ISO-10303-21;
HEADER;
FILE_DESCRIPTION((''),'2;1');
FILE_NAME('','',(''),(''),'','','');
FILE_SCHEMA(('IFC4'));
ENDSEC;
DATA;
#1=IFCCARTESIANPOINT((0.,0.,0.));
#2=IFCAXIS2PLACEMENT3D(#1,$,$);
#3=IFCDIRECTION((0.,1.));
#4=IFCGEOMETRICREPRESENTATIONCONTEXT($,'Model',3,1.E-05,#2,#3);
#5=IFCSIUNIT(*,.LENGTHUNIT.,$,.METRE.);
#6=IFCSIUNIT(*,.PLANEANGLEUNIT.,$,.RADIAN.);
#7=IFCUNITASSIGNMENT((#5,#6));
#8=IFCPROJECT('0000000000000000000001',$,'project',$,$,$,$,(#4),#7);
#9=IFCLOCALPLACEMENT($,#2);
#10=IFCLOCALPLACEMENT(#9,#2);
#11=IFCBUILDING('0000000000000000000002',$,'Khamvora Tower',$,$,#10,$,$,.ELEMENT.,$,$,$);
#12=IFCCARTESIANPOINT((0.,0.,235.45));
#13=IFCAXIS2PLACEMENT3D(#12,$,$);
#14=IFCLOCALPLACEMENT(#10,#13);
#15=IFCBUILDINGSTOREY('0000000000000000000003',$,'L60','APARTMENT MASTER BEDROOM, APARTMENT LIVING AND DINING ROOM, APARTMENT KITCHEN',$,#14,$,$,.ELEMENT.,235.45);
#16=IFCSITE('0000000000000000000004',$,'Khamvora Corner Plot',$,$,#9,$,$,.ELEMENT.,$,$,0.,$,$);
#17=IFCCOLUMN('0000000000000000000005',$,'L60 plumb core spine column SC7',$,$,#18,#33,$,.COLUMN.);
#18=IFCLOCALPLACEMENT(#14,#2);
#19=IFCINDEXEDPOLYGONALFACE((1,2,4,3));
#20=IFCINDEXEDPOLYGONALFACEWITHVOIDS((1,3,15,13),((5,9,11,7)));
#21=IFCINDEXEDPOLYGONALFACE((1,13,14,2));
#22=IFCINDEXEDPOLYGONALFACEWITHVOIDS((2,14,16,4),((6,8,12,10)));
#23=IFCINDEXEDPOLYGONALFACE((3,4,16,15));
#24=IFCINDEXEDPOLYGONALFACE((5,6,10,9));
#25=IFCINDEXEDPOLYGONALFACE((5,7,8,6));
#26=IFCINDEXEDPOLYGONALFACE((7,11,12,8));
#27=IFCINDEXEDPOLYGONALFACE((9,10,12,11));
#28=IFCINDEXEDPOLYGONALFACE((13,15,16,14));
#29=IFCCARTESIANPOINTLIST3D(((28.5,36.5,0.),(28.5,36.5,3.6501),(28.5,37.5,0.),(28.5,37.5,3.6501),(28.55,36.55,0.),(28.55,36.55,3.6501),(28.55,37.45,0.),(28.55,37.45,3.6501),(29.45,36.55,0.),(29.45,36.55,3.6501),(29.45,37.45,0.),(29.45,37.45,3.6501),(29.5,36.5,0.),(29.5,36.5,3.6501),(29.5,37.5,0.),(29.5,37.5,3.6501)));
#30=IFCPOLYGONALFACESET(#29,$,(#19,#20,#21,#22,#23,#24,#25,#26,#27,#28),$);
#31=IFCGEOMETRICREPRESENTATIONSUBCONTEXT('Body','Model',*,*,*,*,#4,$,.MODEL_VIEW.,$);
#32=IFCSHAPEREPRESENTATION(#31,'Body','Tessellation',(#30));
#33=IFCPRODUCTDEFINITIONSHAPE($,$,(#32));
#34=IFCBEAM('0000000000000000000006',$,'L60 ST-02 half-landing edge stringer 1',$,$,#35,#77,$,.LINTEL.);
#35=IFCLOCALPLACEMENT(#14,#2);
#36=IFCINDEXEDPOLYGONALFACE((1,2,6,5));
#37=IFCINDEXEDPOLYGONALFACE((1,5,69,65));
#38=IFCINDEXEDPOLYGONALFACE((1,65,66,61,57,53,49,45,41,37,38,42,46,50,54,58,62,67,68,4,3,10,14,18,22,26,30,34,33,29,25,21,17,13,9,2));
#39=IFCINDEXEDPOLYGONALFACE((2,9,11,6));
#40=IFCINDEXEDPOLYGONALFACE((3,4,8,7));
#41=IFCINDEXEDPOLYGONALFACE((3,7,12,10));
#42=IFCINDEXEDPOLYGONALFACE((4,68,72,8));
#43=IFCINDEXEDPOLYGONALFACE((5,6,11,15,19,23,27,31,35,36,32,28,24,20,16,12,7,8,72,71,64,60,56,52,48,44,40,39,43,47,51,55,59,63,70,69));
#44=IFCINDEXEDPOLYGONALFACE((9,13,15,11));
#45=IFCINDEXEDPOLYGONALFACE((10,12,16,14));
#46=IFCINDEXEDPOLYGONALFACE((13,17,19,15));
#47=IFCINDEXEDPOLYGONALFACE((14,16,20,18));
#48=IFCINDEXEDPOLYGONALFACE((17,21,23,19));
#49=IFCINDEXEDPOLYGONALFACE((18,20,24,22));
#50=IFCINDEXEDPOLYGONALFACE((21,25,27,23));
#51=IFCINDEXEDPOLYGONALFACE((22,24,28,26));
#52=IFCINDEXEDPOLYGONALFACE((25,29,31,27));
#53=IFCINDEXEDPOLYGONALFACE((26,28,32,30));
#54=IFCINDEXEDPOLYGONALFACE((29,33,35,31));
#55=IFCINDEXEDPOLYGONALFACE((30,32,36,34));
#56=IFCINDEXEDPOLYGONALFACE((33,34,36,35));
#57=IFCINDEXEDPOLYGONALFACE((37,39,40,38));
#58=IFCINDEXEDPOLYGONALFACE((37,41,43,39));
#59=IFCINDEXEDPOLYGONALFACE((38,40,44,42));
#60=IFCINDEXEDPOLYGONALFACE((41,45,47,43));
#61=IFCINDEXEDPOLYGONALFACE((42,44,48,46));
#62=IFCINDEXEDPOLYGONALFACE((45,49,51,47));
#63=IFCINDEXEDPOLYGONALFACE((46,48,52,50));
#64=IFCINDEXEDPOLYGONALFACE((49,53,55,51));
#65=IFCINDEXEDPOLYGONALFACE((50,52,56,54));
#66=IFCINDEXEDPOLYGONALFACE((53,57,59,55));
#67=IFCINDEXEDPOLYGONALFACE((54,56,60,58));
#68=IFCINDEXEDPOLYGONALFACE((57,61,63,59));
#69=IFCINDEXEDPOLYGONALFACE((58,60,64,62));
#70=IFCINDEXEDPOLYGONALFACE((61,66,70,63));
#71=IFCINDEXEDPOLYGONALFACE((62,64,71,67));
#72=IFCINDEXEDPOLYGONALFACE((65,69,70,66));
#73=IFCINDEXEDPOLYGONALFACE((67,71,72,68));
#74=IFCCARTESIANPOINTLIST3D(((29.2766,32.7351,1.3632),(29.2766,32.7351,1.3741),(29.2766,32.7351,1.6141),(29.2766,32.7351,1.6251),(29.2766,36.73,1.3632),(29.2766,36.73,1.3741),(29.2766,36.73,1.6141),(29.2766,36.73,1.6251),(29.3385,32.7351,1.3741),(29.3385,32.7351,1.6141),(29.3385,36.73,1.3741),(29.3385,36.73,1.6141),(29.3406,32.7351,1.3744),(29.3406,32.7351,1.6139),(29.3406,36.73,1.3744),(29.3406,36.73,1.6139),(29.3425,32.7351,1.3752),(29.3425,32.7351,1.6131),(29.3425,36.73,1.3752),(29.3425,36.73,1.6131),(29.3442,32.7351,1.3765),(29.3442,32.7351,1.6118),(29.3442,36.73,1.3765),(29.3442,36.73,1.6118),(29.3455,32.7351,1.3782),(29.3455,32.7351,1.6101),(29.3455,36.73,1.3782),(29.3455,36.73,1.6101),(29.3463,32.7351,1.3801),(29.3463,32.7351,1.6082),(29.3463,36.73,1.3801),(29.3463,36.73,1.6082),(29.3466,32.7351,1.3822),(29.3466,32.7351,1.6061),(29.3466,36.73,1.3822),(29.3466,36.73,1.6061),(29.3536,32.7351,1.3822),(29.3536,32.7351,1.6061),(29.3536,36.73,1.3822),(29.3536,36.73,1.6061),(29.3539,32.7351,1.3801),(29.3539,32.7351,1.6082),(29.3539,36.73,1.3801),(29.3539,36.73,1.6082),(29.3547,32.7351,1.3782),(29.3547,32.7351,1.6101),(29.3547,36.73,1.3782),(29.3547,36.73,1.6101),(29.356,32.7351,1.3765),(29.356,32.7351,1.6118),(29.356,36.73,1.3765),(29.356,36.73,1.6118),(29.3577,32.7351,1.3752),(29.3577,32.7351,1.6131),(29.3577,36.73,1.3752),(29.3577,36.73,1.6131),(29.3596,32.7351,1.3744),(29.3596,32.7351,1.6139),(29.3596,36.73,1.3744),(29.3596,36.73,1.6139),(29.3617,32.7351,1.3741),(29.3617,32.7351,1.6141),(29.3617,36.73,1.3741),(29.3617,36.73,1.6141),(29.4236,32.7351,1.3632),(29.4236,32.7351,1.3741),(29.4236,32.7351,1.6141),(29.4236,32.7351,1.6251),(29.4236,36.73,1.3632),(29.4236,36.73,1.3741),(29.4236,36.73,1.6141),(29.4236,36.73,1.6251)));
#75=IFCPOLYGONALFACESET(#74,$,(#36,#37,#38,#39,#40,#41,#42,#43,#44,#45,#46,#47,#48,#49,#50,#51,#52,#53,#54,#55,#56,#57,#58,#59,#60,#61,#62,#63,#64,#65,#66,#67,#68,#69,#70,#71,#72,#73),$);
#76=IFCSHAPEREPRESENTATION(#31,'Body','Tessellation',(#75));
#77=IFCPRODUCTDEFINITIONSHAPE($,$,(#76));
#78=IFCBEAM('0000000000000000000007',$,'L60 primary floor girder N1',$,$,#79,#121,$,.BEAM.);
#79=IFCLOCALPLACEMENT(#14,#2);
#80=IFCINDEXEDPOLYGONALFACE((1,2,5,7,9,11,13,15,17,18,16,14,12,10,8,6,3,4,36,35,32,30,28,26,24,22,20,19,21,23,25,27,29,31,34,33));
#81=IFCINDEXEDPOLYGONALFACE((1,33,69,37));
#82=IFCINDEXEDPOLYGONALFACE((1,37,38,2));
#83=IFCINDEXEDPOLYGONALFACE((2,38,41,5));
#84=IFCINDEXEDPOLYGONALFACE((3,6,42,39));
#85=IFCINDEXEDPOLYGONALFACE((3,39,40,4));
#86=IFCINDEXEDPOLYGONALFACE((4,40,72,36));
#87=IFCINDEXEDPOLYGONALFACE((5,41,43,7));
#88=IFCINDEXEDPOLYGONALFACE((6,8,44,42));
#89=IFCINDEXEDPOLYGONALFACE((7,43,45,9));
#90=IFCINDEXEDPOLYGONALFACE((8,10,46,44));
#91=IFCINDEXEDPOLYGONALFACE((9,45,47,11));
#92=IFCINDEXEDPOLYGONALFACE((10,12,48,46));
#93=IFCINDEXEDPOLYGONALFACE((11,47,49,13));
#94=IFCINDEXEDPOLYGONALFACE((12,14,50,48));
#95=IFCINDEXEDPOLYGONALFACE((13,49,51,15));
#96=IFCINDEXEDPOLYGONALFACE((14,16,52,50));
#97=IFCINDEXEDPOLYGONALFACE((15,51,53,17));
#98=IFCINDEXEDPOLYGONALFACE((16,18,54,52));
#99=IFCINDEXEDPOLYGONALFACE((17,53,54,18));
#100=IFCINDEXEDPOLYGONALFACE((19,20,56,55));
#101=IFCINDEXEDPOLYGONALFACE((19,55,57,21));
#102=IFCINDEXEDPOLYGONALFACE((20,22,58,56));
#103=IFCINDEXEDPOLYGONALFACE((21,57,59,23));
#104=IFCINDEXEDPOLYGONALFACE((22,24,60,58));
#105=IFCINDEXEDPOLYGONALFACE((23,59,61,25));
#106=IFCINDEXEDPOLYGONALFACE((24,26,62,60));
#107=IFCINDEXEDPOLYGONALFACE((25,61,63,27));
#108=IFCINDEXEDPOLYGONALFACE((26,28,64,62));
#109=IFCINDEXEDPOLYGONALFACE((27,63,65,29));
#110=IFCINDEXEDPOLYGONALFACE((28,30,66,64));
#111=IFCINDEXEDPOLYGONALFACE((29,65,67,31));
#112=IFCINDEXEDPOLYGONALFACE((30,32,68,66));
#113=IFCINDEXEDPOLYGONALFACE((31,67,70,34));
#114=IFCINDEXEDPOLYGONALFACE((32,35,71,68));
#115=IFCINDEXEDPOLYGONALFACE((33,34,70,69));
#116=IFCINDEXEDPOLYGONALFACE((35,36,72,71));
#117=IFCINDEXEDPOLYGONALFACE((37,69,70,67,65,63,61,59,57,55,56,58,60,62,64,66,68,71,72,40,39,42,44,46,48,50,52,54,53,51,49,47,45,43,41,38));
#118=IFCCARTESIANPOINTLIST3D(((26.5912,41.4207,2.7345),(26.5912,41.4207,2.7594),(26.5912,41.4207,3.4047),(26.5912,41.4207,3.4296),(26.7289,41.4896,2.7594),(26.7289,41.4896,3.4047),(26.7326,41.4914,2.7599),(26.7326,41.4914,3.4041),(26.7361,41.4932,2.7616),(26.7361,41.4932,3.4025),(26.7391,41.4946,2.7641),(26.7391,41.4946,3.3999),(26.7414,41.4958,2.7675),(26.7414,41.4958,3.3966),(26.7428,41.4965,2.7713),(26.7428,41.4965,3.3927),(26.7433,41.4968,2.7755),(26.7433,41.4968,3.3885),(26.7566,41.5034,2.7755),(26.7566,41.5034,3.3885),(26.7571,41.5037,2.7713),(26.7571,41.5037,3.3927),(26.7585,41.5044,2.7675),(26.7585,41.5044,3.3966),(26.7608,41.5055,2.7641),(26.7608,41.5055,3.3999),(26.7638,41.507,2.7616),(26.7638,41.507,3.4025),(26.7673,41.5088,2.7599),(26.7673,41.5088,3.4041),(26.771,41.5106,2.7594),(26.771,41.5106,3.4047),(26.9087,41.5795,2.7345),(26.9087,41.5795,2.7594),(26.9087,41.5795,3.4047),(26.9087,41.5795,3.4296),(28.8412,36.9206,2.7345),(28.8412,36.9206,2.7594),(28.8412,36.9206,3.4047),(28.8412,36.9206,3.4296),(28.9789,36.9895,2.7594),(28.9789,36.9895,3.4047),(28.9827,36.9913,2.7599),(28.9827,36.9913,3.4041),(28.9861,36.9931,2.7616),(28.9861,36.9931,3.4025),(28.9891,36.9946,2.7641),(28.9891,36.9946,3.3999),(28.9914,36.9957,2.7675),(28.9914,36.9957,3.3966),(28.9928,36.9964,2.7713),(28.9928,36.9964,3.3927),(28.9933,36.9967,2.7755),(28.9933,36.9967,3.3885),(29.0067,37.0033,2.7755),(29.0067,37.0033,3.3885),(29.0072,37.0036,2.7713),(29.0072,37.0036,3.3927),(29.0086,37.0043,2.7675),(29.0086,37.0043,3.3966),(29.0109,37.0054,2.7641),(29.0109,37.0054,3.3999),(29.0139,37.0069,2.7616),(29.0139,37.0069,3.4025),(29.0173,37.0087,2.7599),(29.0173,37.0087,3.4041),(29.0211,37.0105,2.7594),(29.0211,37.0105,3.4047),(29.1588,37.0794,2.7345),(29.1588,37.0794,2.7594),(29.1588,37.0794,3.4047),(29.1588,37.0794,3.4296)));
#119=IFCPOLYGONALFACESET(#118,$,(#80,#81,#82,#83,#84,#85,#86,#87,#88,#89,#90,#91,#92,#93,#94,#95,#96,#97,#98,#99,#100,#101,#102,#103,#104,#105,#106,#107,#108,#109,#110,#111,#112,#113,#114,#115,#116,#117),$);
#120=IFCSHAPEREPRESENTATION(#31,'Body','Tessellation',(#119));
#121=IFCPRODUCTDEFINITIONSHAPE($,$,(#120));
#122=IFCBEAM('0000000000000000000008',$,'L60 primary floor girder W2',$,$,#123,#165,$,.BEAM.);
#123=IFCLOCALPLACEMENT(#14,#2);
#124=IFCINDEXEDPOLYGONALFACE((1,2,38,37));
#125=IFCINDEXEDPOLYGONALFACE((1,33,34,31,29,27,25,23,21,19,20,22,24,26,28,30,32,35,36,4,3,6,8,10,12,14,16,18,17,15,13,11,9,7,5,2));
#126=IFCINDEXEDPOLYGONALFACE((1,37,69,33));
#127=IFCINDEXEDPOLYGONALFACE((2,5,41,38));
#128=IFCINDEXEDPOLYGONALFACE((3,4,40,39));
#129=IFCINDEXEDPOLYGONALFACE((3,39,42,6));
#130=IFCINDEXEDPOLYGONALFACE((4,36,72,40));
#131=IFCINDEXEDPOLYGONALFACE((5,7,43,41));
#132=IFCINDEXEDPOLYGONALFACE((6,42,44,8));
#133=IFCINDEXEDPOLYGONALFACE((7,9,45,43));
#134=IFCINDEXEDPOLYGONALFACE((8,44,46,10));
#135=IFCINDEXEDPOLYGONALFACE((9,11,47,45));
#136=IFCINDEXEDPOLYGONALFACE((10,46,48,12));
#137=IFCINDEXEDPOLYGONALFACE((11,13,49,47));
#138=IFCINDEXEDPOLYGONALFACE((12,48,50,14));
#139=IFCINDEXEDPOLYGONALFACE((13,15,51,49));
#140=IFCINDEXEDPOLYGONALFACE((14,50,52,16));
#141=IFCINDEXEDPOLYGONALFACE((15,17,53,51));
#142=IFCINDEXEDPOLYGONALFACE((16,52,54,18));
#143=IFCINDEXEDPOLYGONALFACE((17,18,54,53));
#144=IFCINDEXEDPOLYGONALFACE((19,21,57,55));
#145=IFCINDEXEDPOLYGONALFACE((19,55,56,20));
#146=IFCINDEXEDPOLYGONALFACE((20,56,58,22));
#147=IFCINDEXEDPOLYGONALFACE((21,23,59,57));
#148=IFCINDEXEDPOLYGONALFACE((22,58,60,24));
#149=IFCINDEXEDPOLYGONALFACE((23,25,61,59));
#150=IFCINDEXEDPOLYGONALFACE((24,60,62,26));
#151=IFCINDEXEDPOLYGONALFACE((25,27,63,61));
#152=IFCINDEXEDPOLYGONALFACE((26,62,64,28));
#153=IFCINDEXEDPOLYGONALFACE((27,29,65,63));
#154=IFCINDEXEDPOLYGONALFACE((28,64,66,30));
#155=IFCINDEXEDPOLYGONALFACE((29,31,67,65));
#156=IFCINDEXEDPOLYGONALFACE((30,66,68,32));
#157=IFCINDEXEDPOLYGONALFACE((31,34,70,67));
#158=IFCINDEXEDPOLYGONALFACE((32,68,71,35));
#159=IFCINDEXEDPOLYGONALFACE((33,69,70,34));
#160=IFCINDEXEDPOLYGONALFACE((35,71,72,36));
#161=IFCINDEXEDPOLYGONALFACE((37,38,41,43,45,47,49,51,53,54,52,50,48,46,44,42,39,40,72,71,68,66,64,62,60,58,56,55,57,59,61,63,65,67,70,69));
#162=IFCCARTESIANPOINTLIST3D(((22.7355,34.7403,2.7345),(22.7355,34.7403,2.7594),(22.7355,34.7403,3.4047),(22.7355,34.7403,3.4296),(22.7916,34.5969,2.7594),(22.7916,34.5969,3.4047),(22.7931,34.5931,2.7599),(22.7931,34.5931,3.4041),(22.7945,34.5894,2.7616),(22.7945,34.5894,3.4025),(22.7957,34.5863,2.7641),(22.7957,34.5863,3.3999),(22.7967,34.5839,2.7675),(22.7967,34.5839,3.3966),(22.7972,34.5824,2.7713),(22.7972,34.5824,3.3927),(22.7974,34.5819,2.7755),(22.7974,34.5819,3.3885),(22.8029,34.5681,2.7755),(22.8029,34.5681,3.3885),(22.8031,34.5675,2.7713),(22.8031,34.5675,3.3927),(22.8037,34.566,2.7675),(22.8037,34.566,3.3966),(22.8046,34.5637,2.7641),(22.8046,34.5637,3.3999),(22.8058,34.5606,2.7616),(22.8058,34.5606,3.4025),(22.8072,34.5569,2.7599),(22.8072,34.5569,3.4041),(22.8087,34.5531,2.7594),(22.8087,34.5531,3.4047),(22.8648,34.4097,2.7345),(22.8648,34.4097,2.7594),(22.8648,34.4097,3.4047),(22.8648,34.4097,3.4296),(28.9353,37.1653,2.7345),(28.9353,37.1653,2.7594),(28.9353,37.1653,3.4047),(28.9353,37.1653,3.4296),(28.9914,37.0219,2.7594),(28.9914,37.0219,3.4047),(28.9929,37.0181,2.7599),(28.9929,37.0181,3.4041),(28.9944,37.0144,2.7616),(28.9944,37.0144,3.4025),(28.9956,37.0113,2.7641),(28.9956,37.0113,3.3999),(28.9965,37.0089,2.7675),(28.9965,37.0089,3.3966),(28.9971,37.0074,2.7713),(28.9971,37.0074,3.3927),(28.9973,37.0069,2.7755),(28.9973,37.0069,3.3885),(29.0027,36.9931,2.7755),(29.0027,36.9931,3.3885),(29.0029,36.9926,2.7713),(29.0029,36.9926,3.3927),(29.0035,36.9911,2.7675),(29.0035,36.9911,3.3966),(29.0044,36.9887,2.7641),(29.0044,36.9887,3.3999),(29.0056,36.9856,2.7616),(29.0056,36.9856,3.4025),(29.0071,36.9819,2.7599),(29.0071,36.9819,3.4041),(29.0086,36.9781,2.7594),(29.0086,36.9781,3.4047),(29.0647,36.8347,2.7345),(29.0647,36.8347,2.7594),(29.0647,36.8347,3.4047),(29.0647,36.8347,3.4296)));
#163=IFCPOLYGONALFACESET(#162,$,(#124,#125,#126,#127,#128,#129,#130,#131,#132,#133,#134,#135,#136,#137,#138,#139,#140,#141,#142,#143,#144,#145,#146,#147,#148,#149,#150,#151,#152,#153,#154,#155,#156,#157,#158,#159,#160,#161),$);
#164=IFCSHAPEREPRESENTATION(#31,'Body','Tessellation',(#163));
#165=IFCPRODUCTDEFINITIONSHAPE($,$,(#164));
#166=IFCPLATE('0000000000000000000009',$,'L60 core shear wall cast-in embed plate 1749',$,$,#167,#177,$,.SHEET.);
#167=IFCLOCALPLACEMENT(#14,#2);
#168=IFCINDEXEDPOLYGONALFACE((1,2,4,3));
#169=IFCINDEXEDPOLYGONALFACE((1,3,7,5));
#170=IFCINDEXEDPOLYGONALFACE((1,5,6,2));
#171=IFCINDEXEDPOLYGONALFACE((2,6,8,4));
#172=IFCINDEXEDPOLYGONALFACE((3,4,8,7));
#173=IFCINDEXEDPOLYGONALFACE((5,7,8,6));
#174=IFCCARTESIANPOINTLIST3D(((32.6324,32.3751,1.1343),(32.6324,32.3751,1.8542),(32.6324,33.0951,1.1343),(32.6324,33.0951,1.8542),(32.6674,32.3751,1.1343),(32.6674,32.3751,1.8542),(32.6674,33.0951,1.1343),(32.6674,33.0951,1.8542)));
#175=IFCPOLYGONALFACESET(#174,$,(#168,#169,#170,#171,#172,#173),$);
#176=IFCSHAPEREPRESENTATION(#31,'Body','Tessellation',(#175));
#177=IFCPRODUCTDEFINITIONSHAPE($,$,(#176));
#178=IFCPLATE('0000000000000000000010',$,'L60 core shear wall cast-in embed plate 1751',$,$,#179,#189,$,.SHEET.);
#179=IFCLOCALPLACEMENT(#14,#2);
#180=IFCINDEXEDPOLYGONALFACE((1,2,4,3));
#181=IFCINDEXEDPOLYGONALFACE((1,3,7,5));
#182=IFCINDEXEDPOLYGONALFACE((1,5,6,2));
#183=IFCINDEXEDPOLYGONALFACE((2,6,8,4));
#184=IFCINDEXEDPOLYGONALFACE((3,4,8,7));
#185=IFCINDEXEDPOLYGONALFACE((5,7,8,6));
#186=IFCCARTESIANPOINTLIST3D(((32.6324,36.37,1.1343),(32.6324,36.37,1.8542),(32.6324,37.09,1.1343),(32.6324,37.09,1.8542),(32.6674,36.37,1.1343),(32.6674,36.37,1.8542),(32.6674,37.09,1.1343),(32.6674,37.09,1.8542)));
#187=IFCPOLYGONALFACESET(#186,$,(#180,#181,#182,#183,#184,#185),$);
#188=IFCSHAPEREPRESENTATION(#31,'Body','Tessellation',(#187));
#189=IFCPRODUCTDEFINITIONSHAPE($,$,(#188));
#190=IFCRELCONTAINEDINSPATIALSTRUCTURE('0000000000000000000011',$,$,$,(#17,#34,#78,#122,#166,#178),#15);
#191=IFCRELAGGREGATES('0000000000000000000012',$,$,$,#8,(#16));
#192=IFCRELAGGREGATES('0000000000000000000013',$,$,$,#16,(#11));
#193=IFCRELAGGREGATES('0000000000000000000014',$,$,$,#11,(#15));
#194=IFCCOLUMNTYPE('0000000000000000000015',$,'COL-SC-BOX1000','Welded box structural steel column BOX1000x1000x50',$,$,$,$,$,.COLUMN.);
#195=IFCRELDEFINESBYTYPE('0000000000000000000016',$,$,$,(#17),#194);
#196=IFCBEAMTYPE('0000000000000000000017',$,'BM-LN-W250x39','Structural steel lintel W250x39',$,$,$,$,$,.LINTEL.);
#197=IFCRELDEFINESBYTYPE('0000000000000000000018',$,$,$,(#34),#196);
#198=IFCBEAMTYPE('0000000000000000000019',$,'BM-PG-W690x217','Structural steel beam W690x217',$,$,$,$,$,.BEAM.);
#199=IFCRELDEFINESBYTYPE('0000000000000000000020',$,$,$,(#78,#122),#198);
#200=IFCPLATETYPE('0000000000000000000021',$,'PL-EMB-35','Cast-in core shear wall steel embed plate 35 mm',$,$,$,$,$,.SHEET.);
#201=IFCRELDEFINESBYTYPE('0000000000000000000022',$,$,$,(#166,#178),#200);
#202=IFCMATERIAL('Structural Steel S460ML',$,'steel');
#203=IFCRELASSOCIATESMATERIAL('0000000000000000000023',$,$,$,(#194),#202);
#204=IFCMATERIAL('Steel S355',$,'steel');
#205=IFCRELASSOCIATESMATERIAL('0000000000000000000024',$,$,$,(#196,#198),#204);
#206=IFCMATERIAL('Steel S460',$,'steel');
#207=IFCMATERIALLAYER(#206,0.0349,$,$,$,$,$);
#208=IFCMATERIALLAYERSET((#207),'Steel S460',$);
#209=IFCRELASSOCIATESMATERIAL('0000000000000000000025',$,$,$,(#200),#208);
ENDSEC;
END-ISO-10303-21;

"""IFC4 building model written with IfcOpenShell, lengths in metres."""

from ifc_helpers import new_model, si_unit, direction, frame, origin, origin_2d, place, context, subcontext, project, spatial, rectangle, hollow_rectangle, i_section, extrude, material, layer, layer_set, material_profile, profile_set, type_object, element, save


model = new_model("IFC4")

# Units and contexts
model_context = context("Model", 3, precision=1e-05, world=origin(), true_north=direction((0.0, 1.0)))
body_context = subcontext(model_context, "Body", "Model", "MODEL_VIEW")
ifc_project = project(units=[si_unit("LENGTHUNIT", "METRE"), si_unit("PLANEANGLEUNIT", "RADIAN")], contexts=[model_context])

# Site, building, storey
site_placement = place(None, origin())
site = spatial("IfcSite", under=ifc_project, at=site_placement, Name="Khamvora Corner Plot", CompositionType="ELEMENT", RefElevation=0.0)
building_placement = place(site_placement, origin())
building = spatial("IfcBuilding", under=site, at=building_placement, Name="Khamvora Tower", CompositionType="ELEMENT")
storey_placement = place(building_placement, frame((0.0, 0.0, 235.45)))
storey = spatial("IfcBuildingStorey", under=building, at=storey_placement, Name="L60", Description="APARTMENT MASTER BEDROOM, APARTMENT LIVING AND DINING ROOM, APARTMENT KITCHEN", CompositionType="ELEMENT", Elevation=235.45)

# Column
ifc_material_1 = material(Name="Structural Steel S460ML", Category="steel")
ifc_material_profile_1 = material_profile(ifc_material_1, hollow_rectangle(XDim=1.0, YDim=1.0, WallThickness=0.05, at=origin_2d()), Name="BOX1000x1000x50")
ifc_profile_set_1 = profile_set([ifc_material_profile_1], Name="Structural Steel S460ML")
column_type = type_object("IfcColumnType", Name="COL-SC-BOX1000", Description="Welded box structural steel column BOX1000x1000x50", PredefinedType="COLUMN", material=ifc_profile_set_1)
column_placement = place(storey_placement, frame((29.0, 37.0, 0.0), z_axis=(0.0, 0.0, 1.0), x_axis=(1.0, 0.0, 0.0)))
element("IfcColumn", 1, at=column_placement, inside=storey, type_object=column_type, Name="L60 plumb core spine column SC7", PredefinedType="COLUMN", context=body_context, shape_type="SweptSolid", body=[
    extrude(hollow_rectangle(XDim=1.0, YDim=1.0, WallThickness=0.05, at=origin_2d()), origin(), (0.0, 0.0, 1.0), 3.6501),
])

# Beams
ifc_material_2 = material(Name="Steel S355", Category="steel")
ifc_material_profile_2 = material_profile(ifc_material_2, i_section(OverallWidth=0.147, OverallDepth=0.262, WebThickness=0.0071, FlangeThickness=0.011, FilletRadius=0.0081, at=origin_2d()), Name="W250x39")
ifc_profile_set_2 = profile_set([ifc_material_profile_2], Name="Steel S355")
beam_type_1 = type_object("IfcBeamType", Name="BM-LN-W250x39", Description="Structural steel lintel W250x39", PredefinedType="LINTEL", material=ifc_profile_set_2)
beam_1_placement = place(storey_placement, frame((29.3501, 32.7351, 1.4941), z_axis=(0.0, 1.0, 0.0), x_axis=(-1.0, 0.0, 0.0)))
element("IfcBeam", 2, at=beam_1_placement, inside=storey, type_object=beam_type_1, Name="L60 ST-02 half-landing edge stringer 1", PredefinedType="LINTEL", context=body_context, shape_type="SweptSolid", body=[
    extrude(i_section(OverallWidth=0.147, OverallDepth=0.262, WebThickness=0.0071, FlangeThickness=0.011, FilletRadius=0.0081, at=origin_2d()), origin(), (0.0, 0.0, 1.0), 3.9949),
])
ifc_material_profile_3 = material_profile(ifc_material_2, i_section(OverallWidth=0.355, OverallDepth=0.6951, WebThickness=0.0149, FlangeThickness=0.0249, FilletRadius=0.0161, at=origin_2d()), Name="W690x217")
ifc_profile_set_3 = profile_set([ifc_material_profile_3], Name="Steel S355")
beam_type_2 = type_object("IfcBeamType", Name="BM-PG-W690x217", Description="Structural steel beam W690x217", PredefinedType="BEAM", material=ifc_profile_set_3)
beam_2_placement = place(storey_placement, frame((29.0, 37.0, 3.082), z_axis=(-0.447214, 0.894427, 0.0), x_axis=(-0.894427, -0.447214, 0.0)))
element("IfcBeam", 3, at=beam_2_placement, inside=storey, type_object=beam_type_2, Name="L60 primary floor girder N1", PredefinedType="BEAM", context=body_context, shape_type="SweptSolid", body=[
    extrude(i_section(OverallWidth=0.355, OverallDepth=0.6951, WebThickness=0.0149, FlangeThickness=0.0249, FilletRadius=0.0161, at=origin_2d()), origin(), (0.0, 0.0, 1.0), 5.0312),
])
beam_3_placement = place(storey_placement, frame((29.0, 37.0, 3.082), z_axis=(-0.931295, -0.364267, 0.0), x_axis=(0.364267, -0.931295, 0.0)))
element("IfcBeam", 4, at=beam_3_placement, inside=storey, type_object=beam_type_2, Name="L60 primary floor girder W2", PredefinedType="BEAM", context=body_context, shape_type="SweptSolid", body=[
    extrude(i_section(OverallWidth=0.355, OverallDepth=0.6951, WebThickness=0.0149, FlangeThickness=0.0249, FilletRadius=0.0161, at=origin_2d()), origin(), (0.0, 0.0, 1.0), 6.6572),
])

# Plates
ifc_material_3 = material(Name="Steel S460", Category="steel")
ifc_layer_1 = layer(ifc_material_3, 0.0349)
ifc_layer_set_1 = layer_set([ifc_layer_1], Name="Steel S460")
plate_type = type_object("IfcPlateType", Name="PL-EMB-35", Description="Cast-in core shear wall steel embed plate 35 mm", PredefinedType="SHEET", material=ifc_layer_set_1)
for number, where, z_axis, x_axis, name in (
    (5, (32.6499, 32.7351, 1.1343), (0.0, 0.0, 1.0), (1.0, 0.0, 0.0), "L60 core shear wall cast-in embed plate 1749"),
    (6, (32.6499, 36.73, 1.1343), (0.0, 0.0, 1.0), (1.0, 0.0, 0.0), "L60 core shear wall cast-in embed plate 1751"),
):
    element("IfcPlate", number, at=place(storey_placement, frame(where, z_axis=z_axis, x_axis=x_axis)), inside=storey, type_object=plate_type, Name=name, PredefinedType="SHEET", context=body_context, shape_type="SweptSolid", body=[
        extrude(rectangle(XDim=0.0349, YDim=0.72, at=origin_2d()), origin(), (0.0, 0.0, 1.0), 0.72),
    ])

save(model, "model.ifc")
